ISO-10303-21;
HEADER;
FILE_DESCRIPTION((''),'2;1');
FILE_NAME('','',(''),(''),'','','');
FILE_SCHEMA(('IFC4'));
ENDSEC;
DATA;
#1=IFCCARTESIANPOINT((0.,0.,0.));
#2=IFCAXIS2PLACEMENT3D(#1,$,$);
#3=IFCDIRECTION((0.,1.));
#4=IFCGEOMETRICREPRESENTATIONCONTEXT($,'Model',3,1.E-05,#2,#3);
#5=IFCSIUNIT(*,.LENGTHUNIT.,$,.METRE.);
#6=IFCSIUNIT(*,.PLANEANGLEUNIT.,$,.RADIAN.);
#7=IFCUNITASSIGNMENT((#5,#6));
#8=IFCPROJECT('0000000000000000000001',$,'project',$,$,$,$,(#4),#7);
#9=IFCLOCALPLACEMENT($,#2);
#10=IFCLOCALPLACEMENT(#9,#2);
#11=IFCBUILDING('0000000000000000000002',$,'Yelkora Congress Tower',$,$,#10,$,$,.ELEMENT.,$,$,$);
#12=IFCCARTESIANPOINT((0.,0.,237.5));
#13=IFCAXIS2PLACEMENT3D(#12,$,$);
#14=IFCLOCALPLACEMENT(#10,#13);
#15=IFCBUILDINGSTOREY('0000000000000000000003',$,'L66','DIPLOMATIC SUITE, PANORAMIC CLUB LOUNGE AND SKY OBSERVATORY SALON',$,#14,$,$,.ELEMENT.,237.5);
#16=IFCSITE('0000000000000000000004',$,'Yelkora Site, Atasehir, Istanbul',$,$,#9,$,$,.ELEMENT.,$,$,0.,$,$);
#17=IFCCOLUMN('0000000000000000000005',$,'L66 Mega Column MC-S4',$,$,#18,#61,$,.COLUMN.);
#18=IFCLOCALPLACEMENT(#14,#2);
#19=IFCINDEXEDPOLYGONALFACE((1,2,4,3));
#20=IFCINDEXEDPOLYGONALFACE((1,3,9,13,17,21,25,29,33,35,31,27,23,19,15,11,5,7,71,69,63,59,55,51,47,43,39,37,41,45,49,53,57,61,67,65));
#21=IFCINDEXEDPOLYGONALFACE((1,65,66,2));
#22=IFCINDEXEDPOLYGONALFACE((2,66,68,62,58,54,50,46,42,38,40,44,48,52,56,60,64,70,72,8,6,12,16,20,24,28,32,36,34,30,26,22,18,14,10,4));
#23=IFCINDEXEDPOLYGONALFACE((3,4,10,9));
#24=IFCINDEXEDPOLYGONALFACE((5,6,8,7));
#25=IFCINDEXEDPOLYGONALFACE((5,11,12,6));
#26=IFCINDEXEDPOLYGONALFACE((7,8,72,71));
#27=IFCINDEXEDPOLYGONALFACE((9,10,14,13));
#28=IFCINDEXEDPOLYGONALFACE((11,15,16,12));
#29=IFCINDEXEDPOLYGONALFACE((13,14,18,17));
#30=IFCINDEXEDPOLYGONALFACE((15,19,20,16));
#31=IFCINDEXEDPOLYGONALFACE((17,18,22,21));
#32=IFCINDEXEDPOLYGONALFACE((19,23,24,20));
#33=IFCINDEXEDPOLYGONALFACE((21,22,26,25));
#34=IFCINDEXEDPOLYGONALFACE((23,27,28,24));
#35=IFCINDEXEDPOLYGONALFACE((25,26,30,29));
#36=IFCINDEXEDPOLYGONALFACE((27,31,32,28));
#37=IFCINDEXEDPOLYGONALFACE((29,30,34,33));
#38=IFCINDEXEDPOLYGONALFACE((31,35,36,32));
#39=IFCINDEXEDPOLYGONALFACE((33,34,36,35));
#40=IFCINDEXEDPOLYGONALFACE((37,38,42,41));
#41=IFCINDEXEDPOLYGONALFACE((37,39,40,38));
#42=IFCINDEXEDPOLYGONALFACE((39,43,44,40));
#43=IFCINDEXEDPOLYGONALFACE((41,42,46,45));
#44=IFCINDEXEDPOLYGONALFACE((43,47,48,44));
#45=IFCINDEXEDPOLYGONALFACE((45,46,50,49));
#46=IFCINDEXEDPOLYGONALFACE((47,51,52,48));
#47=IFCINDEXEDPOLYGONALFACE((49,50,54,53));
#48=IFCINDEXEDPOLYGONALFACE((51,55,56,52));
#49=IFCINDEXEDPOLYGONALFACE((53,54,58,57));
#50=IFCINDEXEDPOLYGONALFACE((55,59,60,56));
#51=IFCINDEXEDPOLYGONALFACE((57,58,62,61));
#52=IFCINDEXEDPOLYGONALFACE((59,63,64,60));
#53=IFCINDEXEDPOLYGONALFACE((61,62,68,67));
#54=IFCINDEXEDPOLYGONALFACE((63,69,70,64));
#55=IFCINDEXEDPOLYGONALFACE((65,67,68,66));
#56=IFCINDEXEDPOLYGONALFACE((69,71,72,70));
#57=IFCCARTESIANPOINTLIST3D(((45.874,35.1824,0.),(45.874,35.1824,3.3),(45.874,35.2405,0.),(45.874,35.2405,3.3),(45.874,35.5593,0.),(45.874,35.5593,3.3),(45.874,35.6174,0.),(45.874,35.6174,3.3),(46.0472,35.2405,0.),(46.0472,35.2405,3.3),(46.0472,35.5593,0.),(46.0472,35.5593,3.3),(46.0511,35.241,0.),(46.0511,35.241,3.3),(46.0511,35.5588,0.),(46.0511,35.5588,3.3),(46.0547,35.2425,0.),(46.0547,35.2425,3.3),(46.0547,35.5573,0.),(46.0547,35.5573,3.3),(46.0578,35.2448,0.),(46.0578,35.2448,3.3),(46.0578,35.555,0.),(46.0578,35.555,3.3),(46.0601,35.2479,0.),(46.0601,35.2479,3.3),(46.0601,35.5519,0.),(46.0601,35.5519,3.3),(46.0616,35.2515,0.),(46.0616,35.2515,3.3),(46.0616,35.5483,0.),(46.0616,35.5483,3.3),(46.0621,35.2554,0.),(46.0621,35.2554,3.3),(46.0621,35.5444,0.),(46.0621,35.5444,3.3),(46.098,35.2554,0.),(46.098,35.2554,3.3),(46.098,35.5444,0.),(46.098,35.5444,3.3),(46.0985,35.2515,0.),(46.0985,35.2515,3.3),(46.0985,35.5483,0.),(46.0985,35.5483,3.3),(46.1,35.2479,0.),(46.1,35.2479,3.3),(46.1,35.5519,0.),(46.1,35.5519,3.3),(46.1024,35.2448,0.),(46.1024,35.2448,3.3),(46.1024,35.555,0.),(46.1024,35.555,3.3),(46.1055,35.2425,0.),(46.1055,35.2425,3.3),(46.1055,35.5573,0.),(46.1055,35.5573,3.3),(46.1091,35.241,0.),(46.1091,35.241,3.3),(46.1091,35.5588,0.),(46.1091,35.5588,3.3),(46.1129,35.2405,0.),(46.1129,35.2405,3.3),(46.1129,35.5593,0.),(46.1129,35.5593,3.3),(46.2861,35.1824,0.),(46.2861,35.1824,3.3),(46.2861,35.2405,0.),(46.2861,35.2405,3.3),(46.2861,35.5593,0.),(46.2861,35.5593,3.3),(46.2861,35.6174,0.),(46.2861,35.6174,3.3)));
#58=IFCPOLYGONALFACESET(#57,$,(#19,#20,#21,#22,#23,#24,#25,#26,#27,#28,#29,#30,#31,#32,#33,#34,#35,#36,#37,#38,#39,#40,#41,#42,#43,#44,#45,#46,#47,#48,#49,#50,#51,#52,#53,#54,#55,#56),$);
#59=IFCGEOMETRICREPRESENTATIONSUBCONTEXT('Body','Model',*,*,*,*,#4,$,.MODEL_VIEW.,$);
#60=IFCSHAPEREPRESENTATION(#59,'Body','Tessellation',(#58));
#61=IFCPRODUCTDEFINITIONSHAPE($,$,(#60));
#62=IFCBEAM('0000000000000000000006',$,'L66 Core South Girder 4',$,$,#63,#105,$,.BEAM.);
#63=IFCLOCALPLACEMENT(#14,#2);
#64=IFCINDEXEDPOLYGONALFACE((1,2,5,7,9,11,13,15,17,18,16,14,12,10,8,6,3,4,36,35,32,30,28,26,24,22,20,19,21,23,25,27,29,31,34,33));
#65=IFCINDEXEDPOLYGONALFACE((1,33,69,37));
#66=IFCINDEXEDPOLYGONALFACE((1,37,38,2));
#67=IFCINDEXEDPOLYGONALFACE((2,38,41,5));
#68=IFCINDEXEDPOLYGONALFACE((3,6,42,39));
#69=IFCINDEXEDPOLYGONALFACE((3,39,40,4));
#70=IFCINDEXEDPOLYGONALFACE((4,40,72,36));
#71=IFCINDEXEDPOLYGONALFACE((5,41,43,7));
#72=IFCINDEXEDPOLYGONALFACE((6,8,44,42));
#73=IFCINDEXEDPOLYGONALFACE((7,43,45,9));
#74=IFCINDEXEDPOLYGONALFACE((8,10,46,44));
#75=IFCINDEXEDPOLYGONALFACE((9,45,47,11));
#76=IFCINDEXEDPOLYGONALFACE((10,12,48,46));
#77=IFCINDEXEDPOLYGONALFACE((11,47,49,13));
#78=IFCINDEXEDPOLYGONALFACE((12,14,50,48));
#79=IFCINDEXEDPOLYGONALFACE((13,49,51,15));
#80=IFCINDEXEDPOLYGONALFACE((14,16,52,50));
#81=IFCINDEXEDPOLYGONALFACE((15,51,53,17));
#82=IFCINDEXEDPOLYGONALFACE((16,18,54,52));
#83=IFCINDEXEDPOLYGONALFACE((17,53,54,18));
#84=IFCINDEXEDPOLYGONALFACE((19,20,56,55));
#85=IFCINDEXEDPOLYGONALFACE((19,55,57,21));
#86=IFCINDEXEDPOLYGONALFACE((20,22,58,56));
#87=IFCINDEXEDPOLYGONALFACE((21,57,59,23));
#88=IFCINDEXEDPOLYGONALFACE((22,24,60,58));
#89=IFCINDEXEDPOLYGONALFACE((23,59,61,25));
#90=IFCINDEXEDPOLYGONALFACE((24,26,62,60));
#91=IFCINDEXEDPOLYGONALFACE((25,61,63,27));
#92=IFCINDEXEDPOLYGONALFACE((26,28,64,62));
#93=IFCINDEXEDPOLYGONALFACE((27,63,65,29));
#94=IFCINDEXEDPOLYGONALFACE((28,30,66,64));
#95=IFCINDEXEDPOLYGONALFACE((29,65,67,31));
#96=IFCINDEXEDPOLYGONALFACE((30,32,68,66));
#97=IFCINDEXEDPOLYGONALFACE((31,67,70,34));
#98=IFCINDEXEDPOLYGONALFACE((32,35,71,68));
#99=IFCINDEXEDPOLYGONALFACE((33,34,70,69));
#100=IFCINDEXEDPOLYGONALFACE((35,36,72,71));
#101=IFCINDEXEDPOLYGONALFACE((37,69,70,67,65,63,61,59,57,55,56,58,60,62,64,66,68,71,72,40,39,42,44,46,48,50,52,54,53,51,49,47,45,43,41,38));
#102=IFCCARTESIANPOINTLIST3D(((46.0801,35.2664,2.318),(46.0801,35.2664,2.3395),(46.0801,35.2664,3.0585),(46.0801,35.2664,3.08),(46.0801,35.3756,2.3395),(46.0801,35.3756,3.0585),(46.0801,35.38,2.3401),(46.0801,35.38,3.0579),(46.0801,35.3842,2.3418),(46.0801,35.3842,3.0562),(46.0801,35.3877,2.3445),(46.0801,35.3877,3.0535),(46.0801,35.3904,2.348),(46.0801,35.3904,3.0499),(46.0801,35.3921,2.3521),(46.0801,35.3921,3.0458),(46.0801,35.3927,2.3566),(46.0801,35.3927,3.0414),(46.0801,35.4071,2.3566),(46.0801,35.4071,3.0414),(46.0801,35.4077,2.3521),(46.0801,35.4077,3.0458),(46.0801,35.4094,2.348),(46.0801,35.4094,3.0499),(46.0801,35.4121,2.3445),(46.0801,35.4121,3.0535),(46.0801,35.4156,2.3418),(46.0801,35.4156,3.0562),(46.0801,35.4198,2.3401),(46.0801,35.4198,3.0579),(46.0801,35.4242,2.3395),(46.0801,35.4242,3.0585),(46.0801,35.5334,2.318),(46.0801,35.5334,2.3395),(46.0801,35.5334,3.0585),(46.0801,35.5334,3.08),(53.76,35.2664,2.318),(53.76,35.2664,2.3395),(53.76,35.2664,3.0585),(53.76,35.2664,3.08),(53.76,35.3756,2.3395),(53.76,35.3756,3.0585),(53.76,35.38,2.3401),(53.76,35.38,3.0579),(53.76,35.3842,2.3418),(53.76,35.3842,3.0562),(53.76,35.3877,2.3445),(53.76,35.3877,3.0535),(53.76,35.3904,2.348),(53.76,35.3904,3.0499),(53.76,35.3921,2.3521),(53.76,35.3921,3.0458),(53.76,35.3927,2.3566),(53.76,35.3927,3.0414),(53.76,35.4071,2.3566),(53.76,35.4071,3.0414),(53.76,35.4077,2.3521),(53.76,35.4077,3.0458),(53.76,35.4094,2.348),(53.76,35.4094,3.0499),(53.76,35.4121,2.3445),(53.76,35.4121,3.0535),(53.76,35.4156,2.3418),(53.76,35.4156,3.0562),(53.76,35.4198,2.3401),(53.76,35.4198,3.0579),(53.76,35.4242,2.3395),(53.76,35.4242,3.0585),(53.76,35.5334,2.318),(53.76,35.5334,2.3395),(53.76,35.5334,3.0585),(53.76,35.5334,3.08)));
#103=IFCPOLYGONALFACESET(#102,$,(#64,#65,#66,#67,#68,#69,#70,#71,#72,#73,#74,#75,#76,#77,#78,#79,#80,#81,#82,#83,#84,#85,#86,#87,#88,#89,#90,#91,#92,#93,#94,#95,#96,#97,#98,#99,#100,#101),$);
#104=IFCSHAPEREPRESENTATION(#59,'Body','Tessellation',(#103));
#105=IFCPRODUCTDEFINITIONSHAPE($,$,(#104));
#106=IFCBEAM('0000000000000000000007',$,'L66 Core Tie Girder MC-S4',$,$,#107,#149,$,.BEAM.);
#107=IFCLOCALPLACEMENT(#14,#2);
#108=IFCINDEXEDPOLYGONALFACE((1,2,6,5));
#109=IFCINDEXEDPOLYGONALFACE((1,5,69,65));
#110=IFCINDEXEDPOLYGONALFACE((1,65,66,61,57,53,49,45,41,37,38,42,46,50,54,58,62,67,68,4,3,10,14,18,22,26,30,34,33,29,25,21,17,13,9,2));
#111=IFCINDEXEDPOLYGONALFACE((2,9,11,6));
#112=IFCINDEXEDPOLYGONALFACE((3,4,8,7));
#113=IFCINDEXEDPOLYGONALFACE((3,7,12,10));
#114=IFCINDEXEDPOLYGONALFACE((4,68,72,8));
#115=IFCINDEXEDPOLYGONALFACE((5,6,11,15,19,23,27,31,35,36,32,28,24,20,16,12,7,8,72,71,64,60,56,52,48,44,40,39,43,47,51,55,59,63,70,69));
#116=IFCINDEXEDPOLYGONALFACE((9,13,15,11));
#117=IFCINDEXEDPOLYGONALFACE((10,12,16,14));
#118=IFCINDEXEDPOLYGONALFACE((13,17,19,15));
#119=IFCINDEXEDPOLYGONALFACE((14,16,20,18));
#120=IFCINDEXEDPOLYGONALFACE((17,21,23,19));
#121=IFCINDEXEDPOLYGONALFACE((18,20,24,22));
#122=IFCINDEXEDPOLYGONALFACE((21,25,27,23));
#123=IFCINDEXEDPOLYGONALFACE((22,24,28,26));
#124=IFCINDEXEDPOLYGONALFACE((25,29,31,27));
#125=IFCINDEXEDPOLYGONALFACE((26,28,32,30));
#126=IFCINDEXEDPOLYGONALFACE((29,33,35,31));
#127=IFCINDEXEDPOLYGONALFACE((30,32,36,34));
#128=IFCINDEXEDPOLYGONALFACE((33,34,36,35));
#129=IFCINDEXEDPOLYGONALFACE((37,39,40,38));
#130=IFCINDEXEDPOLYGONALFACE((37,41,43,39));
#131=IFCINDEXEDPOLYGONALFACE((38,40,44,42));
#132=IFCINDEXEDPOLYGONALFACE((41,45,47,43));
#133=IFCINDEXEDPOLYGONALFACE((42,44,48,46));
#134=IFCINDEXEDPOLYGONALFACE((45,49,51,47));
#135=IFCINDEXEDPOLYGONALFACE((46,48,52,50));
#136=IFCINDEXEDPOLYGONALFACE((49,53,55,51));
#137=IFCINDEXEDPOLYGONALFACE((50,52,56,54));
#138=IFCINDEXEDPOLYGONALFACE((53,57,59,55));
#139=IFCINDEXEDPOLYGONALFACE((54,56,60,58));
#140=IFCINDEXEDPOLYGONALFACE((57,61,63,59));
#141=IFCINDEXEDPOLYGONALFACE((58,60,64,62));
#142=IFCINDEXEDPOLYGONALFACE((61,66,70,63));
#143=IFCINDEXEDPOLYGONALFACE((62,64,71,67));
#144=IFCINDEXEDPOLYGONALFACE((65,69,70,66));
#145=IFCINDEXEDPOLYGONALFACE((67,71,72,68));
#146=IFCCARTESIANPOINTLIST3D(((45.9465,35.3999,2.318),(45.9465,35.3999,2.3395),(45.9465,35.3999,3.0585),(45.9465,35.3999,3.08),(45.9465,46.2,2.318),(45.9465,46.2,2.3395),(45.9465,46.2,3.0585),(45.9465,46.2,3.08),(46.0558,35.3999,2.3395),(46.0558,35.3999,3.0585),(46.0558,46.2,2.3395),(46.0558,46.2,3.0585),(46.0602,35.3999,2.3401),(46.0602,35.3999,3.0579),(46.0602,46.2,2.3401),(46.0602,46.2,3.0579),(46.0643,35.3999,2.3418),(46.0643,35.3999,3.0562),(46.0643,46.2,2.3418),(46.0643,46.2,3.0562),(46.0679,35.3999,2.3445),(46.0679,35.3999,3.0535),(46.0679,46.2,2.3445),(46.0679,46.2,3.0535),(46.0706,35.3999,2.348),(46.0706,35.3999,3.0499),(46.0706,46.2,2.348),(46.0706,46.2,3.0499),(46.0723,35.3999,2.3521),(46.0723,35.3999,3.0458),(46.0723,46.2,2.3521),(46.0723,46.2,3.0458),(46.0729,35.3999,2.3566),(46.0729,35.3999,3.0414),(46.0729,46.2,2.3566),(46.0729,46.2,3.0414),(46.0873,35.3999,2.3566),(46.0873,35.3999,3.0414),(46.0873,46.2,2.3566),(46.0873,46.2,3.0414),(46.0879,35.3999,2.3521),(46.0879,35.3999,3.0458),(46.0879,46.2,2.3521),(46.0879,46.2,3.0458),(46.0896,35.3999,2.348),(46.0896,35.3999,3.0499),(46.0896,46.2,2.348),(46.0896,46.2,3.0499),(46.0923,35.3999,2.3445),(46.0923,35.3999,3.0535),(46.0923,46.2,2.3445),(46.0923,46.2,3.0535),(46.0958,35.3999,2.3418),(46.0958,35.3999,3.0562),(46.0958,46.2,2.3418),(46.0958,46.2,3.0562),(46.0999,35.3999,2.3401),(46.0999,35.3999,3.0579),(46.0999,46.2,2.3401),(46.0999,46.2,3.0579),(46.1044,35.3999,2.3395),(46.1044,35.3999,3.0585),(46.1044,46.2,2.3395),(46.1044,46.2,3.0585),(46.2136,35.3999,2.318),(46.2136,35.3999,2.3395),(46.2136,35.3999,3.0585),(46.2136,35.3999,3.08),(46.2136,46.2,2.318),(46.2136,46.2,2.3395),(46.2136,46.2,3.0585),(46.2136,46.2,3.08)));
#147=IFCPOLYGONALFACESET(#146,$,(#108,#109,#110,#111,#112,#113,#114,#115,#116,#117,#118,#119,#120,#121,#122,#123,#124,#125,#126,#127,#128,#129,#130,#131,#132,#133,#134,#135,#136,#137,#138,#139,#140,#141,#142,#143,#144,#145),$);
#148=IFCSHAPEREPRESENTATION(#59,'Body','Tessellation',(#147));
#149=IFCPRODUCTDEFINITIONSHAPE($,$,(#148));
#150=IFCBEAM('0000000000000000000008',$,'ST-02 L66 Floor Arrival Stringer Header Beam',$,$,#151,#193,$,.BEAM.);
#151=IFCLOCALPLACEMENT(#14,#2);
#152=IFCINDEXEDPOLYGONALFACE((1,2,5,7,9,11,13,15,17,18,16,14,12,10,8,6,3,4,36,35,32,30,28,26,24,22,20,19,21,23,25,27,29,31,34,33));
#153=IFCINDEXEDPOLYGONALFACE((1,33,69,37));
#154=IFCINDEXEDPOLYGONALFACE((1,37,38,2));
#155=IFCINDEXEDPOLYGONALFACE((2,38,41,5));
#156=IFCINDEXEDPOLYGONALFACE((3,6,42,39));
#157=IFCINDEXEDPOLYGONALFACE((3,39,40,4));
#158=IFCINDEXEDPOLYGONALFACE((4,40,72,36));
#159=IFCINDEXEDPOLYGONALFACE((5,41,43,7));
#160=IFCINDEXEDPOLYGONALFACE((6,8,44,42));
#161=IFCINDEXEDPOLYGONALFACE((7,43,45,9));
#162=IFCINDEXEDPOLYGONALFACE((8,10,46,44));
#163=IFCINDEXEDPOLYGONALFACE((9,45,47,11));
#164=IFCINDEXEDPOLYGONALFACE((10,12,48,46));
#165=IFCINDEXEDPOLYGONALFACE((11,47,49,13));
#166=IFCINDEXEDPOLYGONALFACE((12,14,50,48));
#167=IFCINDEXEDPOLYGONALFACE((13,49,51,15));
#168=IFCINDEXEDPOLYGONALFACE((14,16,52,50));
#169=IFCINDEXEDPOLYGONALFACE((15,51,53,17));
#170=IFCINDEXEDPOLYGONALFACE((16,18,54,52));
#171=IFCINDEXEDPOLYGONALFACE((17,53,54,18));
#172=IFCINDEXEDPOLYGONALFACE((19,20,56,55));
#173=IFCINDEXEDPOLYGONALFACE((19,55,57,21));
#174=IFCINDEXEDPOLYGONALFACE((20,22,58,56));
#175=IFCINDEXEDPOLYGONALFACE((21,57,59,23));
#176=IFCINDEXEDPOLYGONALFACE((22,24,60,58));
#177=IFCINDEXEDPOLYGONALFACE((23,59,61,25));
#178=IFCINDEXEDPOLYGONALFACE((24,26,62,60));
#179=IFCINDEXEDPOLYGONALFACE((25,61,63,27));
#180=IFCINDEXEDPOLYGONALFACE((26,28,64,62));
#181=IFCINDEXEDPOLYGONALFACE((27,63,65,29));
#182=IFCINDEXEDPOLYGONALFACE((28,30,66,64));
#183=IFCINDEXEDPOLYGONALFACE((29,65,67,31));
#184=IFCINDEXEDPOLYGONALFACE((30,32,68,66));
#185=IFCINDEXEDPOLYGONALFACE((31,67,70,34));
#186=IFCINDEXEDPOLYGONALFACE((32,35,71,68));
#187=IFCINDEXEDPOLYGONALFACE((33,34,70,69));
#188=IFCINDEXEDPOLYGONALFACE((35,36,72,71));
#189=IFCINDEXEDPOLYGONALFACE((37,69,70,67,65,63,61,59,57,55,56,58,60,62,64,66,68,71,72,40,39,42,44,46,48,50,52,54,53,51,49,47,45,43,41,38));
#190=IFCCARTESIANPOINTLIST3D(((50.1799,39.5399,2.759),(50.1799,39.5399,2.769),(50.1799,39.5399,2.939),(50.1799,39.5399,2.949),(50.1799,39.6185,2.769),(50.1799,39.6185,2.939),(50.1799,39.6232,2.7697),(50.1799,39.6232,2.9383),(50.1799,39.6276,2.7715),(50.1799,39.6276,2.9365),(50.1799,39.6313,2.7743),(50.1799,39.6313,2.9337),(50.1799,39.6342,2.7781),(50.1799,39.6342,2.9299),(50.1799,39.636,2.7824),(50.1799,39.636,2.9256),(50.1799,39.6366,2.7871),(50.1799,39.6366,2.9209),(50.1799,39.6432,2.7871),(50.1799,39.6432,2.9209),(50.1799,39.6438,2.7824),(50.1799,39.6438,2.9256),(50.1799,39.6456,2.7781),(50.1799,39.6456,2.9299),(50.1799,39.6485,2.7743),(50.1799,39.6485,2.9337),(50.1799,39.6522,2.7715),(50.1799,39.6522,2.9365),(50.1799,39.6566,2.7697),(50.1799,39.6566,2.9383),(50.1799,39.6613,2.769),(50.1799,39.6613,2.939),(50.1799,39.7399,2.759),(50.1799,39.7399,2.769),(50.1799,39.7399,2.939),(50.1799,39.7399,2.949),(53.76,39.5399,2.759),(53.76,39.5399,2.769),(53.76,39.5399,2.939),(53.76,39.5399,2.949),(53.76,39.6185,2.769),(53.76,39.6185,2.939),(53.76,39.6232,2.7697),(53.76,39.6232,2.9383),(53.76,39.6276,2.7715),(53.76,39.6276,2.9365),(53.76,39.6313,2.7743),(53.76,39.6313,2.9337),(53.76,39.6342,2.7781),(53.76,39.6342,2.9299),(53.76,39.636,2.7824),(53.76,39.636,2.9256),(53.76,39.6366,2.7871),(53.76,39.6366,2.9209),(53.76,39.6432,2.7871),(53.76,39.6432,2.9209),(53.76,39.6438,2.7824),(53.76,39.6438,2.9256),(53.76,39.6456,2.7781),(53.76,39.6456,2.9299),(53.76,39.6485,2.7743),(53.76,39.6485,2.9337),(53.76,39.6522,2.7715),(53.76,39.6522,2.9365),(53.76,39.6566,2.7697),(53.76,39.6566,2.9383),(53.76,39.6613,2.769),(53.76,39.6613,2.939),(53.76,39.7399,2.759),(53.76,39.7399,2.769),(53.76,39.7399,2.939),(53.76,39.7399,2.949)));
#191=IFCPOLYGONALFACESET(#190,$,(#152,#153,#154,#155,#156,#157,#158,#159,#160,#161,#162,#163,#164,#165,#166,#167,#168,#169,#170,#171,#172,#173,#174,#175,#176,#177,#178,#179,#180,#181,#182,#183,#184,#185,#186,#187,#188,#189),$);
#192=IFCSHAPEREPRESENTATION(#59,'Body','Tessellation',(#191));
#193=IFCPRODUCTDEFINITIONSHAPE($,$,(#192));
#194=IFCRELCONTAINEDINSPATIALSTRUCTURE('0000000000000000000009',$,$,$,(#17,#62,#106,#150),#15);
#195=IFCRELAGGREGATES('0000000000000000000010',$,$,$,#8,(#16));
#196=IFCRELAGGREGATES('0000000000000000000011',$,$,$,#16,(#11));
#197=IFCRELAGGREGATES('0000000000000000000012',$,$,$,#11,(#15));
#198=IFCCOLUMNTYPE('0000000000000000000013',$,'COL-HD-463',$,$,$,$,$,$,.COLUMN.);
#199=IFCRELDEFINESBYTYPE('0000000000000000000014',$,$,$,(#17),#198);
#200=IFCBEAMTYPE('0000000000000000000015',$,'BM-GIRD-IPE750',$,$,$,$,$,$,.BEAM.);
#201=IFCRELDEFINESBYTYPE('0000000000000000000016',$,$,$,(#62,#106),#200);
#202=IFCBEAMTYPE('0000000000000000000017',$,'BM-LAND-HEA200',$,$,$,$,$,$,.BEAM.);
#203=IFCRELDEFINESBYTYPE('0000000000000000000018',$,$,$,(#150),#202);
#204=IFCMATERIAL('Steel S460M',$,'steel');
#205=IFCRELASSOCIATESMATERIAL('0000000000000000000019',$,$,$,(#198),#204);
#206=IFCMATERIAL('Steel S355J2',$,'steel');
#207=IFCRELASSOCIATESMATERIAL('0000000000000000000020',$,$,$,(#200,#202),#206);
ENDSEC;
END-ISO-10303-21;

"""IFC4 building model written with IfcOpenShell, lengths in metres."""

from ifc_helpers import new_model, si_unit, direction, frame, origin, origin_2d, place, context, subcontext, project, spatial, i_section, extrude, material, material_profile, profile_set, type_object, element, save


model = new_model("IFC4")

# Units and contexts
model_context = context("Model", 3, precision=1e-05, world=origin(), true_north=direction((0.0, 1.0)))
body_context = subcontext(model_context, "Body", "Model", "MODEL_VIEW")
ifc_project = project(units=[si_unit("LENGTHUNIT", "METRE"), si_unit("PLANEANGLEUNIT", "RADIAN")], contexts=[model_context])

# Site, building, storey
site_placement = place(None, origin())
site = spatial("IfcSite", under=ifc_project, at=site_placement, Name="Yelkora Site, Atasehir, Istanbul", CompositionType="ELEMENT", RefElevation=0.0)
building_placement = place(site_placement, origin())
building = spatial("IfcBuilding", under=site, at=building_placement, Name="Yelkora Congress Tower", CompositionType="ELEMENT")
storey_placement = place(building_placement, frame((0.0, 0.0, 237.5)))
storey = spatial("IfcBuildingStorey", under=building, at=storey_placement, Name="L66", Description="DIPLOMATIC SUITE, PANORAMIC CLUB LOUNGE AND SKY OBSERVATORY SALON", CompositionType="ELEMENT", Elevation=237.5)

# Column
ifc_material_1 = material(Name="Steel S460M", Category="steel")
ifc_material_profile_1 = material_profile(ifc_material_1, i_section(OverallWidth=0.4121, OverallDepth=0.4351, WebThickness=0.0359, FlangeThickness=0.0581, FilletRadius=0.0149, at=origin_2d()), Name="HD 400x463")
ifc_profile_set_1 = profile_set([ifc_material_profile_1], Name="Steel S460M")
column_type = type_object("IfcColumnType", Name="COL-HD-463", PredefinedType="COLUMN", material=ifc_profile_set_1)
column_placement = place(storey_placement, frame((46.0801, 35.3999, 0.0), z_axis=(0.0, 0.0, 1.0), x_axis=(1.0, 0.0, 0.0)))
element("IfcColumn", 1, at=column_placement, inside=storey, type_object=column_type, Name="L66 Mega Column MC-S4", PredefinedType="COLUMN", context=body_context, shape_type="SweptSolid", body=[
    extrude(i_section(OverallWidth=0.4121, OverallDepth=0.4351, WebThickness=0.0359, FlangeThickness=0.0581, FilletRadius=0.0149, at=origin_2d()), origin(), (0.0, 0.0, 1.0), 3.3),
])

# Beams
ifc_material_2 = material(Name="Steel S355J2", Category="steel")
ifc_material_profile_2 = material_profile(ifc_material_2, i_section(OverallWidth=0.2671, OverallDepth=0.762, WebThickness=0.0144, FlangeThickness=0.0215, FilletRadius=0.0171, at=origin_2d()), Name="IPE 750x173")
ifc_profile_set_2 = profile_set([ifc_material_profile_2], Name="Steel S355J2")
beam_type_1 = type_object("IfcBeamType", Name="BM-GIRD-IPE750", PredefinedType="BEAM", material=ifc_profile_set_2)
beam_1_placement = place(storey_placement, frame((46.0801, 35.3999, 2.699), z_axis=(1.0, 0.0, 0.0), x_axis=(0.0, 1.0, 0.0)))
element("IfcBeam", 2, at=beam_1_placement, inside=storey, type_object=beam_type_1, Name="L66 Core South Girder 4", PredefinedType="BEAM", context=body_context, shape_type="SweptSolid", body=[
    extrude(i_section(OverallWidth=0.2671, OverallDepth=0.762, WebThickness=0.0144, FlangeThickness=0.0215, FilletRadius=0.0171, at=origin_2d()), origin(), (0.0, 0.0, 1.0), 7.6799),
])
beam_2_placement = place(storey_placement, frame((46.0801, 35.3999, 2.699), z_axis=(0.0, 1.0, 0.0), x_axis=(-1.0, 0.0, 0.0)))
element("IfcBeam", 3, at=beam_2_placement, inside=storey, type_object=beam_type_1, Name="L66 Core Tie Girder MC-S4", PredefinedType="BEAM", context=body_context, shape_type="SweptSolid", body=[
    extrude(i_section(OverallWidth=0.2671, OverallDepth=0.762, WebThickness=0.0144, FlangeThickness=0.0215, FilletRadius=0.0171, at=origin_2d()), origin(), (0.0, 0.0, 1.0), 10.8),
])
ifc_material_profile_3 = material_profile(ifc_material_2, i_section(OverallWidth=0.2, OverallDepth=0.1899, WebThickness=0.0066, FlangeThickness=0.01, FilletRadius=0.0181, at=origin_2d()), Name="HEA 200")
ifc_profile_set_3 = profile_set([ifc_material_profile_3], Name="Steel S355J2")
beam_type_2 = type_object("IfcBeamType", Name="BM-LAND-HEA200", PredefinedType="BEAM", material=ifc_profile_set_3)
beam_3_placement = place(storey_placement, frame((50.1799, 39.6399, 2.854), z_axis=(1.0, 0.0, 0.0), x_axis=(0.0, 1.0, 0.0)))
element("IfcBeam", 4, at=beam_3_placement, inside=storey, type_object=beam_type_2, Name="ST-02 L66 Floor Arrival Stringer Header Beam", PredefinedType="BEAM", context=body_context, shape_type="SweptSolid", body=[
    extrude(i_section(OverallWidth=0.2, OverallDepth=0.1899, WebThickness=0.0066, FlangeThickness=0.01, FilletRadius=0.0181, at=origin_2d()), origin(), (0.0, 0.0, 1.0), 3.5801),
])

save(model, "model.ifc")
